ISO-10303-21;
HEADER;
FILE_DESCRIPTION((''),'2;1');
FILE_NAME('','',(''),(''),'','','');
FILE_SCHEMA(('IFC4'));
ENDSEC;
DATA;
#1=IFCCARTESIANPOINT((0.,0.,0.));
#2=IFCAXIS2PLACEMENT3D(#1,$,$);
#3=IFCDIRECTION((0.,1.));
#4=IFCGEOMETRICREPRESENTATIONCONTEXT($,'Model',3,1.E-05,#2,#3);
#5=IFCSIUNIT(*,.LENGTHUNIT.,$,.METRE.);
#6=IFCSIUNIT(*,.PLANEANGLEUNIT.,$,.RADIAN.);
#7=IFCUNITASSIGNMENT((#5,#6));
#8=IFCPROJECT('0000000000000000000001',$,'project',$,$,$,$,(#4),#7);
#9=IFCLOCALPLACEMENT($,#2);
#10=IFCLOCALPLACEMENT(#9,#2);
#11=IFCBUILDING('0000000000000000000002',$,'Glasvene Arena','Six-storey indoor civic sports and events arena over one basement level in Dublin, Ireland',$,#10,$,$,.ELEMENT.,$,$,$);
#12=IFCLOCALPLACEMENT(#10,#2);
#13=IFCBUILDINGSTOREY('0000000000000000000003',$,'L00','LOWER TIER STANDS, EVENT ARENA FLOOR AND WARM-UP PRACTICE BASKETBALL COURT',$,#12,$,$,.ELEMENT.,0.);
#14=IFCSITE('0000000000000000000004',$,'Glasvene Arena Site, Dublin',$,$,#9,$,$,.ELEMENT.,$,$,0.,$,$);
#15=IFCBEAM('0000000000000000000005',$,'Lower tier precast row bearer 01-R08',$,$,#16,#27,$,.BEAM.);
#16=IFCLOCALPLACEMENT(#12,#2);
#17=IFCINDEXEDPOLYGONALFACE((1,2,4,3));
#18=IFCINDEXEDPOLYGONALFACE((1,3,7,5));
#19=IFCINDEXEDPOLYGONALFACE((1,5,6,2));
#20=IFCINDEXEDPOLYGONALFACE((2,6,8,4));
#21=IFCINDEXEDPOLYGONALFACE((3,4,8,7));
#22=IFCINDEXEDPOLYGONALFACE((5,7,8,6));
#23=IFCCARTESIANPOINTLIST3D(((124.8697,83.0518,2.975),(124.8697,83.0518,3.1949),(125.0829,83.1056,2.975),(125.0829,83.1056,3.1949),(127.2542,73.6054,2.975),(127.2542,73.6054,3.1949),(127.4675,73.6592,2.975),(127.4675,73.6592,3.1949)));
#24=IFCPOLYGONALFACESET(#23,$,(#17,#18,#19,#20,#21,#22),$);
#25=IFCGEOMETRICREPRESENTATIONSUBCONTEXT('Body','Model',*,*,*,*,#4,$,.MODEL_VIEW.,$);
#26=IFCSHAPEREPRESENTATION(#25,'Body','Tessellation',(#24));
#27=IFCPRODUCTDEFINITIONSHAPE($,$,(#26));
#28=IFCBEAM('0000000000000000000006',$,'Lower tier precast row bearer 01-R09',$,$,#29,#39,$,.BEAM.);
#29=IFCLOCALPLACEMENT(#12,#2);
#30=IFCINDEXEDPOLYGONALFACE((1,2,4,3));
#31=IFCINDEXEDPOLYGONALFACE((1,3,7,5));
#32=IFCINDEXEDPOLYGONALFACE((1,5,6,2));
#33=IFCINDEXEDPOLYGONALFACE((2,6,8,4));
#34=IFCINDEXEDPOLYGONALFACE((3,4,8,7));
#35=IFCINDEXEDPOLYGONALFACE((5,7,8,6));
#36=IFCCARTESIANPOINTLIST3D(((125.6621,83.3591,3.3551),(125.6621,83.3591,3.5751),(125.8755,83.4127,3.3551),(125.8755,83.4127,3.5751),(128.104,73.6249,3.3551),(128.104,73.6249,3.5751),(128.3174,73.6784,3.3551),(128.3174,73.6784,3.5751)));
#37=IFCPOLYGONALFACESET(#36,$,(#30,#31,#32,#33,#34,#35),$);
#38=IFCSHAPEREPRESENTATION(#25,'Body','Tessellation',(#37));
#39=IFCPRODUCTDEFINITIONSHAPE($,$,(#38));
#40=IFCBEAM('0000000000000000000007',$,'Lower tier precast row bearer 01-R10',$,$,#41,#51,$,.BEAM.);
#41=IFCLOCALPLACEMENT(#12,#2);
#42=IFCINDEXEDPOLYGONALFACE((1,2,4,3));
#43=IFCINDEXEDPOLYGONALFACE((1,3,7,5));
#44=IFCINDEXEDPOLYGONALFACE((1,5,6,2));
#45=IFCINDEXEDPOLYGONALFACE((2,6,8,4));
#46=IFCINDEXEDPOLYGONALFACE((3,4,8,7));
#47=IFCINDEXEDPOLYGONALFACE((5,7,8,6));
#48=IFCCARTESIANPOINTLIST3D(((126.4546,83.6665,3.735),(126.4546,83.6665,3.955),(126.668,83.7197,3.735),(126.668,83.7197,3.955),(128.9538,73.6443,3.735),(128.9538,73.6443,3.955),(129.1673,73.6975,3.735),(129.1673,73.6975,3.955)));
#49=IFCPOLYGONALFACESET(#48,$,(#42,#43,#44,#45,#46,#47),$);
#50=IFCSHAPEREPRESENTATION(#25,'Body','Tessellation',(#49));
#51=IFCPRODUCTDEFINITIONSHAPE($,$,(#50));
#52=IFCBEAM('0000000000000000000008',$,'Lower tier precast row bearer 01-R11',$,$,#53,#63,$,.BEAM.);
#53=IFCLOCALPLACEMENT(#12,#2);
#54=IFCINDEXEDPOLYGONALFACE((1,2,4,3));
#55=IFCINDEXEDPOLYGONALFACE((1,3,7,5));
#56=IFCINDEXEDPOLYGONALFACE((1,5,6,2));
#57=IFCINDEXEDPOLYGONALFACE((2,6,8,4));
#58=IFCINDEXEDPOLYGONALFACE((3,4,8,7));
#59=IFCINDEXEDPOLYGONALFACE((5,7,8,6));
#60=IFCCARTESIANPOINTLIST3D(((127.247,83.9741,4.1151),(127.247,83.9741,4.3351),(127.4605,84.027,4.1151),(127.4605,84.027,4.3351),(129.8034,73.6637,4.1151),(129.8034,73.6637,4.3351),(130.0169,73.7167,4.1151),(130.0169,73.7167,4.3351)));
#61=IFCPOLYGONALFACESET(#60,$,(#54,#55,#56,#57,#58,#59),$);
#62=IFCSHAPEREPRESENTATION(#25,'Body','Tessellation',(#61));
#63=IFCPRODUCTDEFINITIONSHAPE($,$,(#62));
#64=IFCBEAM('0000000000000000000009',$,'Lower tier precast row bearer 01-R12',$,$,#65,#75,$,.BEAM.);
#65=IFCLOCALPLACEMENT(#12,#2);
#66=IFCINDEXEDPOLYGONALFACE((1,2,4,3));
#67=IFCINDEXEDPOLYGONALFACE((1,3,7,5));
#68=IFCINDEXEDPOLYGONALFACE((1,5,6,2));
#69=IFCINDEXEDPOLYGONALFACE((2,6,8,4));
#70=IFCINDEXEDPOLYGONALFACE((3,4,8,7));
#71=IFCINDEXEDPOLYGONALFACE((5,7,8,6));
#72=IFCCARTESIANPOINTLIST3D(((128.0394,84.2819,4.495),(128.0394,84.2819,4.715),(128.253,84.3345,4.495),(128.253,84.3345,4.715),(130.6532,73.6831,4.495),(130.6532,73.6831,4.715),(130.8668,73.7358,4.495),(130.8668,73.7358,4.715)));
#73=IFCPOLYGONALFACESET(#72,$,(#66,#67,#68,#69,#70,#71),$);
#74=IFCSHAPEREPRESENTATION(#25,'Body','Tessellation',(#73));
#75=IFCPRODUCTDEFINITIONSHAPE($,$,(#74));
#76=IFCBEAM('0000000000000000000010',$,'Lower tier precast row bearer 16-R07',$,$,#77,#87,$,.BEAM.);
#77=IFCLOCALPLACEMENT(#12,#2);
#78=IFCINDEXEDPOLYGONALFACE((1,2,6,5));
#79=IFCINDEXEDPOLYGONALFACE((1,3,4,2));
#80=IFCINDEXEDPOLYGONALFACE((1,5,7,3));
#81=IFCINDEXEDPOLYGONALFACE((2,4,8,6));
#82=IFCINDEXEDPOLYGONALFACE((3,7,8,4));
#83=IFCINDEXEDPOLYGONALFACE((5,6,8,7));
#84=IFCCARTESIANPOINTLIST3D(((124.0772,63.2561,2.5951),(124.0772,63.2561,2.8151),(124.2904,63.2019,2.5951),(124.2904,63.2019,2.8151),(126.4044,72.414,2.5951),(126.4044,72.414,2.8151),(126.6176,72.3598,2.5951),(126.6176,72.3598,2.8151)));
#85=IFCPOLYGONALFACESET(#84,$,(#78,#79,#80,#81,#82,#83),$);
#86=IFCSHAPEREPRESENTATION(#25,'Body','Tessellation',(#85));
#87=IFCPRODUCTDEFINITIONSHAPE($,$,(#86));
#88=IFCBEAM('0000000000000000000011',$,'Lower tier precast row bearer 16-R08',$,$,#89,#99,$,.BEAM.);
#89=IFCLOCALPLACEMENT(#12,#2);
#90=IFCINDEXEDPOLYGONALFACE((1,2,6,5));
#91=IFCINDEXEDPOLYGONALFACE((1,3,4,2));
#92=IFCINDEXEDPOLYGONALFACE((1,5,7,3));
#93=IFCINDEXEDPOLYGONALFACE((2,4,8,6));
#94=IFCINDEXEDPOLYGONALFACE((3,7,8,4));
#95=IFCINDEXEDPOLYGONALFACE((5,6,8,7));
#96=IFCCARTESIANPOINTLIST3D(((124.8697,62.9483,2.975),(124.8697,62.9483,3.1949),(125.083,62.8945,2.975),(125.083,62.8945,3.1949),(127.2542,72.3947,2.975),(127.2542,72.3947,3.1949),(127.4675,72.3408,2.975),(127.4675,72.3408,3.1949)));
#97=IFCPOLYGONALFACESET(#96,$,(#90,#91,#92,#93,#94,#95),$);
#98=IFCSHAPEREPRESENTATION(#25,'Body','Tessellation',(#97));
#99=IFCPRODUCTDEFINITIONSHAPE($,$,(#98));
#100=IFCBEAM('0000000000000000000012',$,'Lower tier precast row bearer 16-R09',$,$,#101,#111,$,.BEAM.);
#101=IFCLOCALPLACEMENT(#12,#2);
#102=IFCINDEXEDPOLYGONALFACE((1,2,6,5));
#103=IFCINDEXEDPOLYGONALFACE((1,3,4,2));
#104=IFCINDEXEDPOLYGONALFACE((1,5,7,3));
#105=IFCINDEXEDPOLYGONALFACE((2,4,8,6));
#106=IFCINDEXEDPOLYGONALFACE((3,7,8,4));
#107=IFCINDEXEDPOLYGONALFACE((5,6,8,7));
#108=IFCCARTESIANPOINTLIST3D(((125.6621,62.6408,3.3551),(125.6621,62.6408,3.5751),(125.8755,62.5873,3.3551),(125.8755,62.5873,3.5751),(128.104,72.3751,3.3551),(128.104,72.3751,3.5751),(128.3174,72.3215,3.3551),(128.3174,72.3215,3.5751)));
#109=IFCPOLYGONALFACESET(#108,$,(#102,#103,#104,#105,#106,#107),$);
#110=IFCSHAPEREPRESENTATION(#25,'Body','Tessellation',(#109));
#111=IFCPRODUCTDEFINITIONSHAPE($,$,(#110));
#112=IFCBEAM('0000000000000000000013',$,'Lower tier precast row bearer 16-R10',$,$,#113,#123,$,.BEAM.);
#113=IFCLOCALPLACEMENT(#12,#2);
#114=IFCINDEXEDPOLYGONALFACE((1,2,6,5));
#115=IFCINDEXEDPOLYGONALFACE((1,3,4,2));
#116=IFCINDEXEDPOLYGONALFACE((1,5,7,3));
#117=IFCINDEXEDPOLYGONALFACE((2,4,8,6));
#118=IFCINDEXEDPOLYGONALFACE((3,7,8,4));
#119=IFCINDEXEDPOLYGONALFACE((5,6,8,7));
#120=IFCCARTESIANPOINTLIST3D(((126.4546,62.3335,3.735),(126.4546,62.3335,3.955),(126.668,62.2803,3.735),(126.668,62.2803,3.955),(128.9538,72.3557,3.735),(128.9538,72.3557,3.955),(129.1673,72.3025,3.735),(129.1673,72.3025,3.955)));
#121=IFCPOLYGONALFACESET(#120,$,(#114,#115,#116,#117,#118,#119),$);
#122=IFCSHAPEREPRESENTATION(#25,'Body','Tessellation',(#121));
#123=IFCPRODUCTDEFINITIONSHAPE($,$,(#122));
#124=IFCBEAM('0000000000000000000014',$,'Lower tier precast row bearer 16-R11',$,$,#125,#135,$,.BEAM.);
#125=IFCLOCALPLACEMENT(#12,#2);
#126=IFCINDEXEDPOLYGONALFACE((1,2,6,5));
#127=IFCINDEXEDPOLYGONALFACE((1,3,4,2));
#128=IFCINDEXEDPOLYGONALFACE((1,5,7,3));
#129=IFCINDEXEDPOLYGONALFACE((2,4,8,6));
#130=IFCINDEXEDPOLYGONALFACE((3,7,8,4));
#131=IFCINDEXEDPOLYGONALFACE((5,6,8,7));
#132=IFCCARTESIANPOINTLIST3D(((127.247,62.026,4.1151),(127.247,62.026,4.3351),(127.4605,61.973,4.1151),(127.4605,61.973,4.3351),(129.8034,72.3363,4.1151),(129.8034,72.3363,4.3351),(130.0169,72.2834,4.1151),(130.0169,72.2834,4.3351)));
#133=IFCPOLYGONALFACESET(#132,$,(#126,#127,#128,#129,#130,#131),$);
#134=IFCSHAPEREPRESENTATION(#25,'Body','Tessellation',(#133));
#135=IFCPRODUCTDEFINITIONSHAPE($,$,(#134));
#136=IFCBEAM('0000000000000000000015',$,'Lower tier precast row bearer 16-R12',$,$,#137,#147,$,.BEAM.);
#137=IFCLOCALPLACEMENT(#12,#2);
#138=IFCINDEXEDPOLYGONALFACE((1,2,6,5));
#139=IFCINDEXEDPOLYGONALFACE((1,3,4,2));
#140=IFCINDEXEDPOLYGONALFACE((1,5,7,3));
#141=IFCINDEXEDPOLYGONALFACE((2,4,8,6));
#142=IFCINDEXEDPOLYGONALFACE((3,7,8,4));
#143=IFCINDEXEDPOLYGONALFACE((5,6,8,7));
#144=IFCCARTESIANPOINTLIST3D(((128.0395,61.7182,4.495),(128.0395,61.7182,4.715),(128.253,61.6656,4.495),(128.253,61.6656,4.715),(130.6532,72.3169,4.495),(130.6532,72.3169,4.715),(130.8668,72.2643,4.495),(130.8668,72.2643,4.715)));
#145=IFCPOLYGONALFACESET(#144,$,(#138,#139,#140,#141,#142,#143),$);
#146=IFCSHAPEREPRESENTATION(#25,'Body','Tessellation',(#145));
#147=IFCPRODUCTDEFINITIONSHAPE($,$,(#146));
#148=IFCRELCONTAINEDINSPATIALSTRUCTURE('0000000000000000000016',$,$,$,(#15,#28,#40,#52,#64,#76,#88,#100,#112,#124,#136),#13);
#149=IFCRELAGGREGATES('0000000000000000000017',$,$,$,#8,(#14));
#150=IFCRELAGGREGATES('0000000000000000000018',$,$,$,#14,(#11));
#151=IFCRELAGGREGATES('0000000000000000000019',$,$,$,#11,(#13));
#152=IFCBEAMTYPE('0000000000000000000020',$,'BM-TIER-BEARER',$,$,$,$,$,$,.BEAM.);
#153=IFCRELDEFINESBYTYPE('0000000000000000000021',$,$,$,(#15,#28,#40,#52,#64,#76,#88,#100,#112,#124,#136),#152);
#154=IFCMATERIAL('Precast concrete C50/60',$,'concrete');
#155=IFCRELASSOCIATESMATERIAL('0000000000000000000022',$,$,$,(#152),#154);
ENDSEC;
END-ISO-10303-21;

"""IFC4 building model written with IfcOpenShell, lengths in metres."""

from ifc_helpers import new_model, si_unit, direction, frame, origin, origin_2d, place, context, subcontext, project, spatial, rectangle, extrude, material, material_profile, profile_set, type_object, element, save


model = new_model("IFC4")

# Units and contexts
model_context = context("Model", 3, precision=1e-05, world=origin(), true_north=direction((0.0, 1.0)))
body_context = subcontext(model_context, "Body", "Model", "MODEL_VIEW")
ifc_project = project(units=[si_unit("LENGTHUNIT", "METRE"), si_unit("PLANEANGLEUNIT", "RADIAN")], contexts=[model_context])

# Site, building, storey
site_placement = place(None, origin())
site = spatial("IfcSite", under=ifc_project, at=site_placement, Name="Glasvene Arena Site, Dublin", CompositionType="ELEMENT", RefElevation=0.0)
building_placement = place(site_placement, origin())
building = spatial("IfcBuilding", under=site, at=building_placement, Name="Glasvene Arena", Description="Six-storey indoor civic sports and events arena over one basement level in Dublin, Ireland", CompositionType="ELEMENT")
storey_placement = place(building_placement, origin())
storey = spatial("IfcBuildingStorey", under=building, at=storey_placement, Name="L00", Description="LOWER TIER STANDS, EVENT ARENA FLOOR AND WARM-UP PRACTICE BASKETBALL COURT", CompositionType="ELEMENT", Elevation=0.0)

# Beams
ifc_material_1 = material(Name="Precast concrete C50/60", Category="concrete")
ifc_material_profile_1 = material_profile(ifc_material_1, rectangle(XDim=0.22, YDim=0.22, at=origin_2d()), Name="RC 220x220")
ifc_profile_set_1 = profile_set([ifc_material_profile_1], Name="Precast concrete C50/60")
beam_type_1 = type_object("IfcBeamType", Name="BM-TIER-BEARER", PredefinedType="BEAM", material=ifc_profile_set_1)
beam_1_placement = place(storey_placement, frame((127.3608, 73.6323, 3.085), z_axis=(-0.244752, 0.969586, 0.0), x_axis=(-0.969586, -0.244752, 0.0)))
element("IfcBeam", 1, at=beam_1_placement, inside=storey, type_object=beam_type_1, Name="Lower tier precast row bearer 01-R08", PredefinedType="BEAM", context=body_context, shape_type="SweptSolid", body=[
    extrude(rectangle(XDim=0.22, YDim=0.22, at=origin_2d()), origin(), (0.0, 0.0, 1.0), 9.7427),
])
beam_2_placement = place(storey_placement, frame((128.2107, 73.6516, 3.4651), z_axis=(-0.243314, 0.969948, 0.0), x_axis=(-0.969948, -0.243314, 0.0)))
element("IfcBeam", 2, at=beam_2_placement, inside=storey, type_object=beam_type_1, Name="Lower tier precast row bearer 01-R09", PredefinedType="BEAM", context=body_context, shape_type="SweptSolid", body=[
    extrude(rectangle(XDim=0.22, YDim=0.22, at=origin_2d()), origin(), (0.0, 0.0, 1.0), 10.0359),
])
beam_3_placement = place(storey_placement, frame((129.0605, 73.6709, 3.845), z_axis=(-0.241963, 0.970286, 0.0), x_axis=(-0.970286, -0.241963, 0.0)))
element("IfcBeam", 3, at=beam_3_placement, inside=storey, type_object=beam_type_1, Name="Lower tier precast row bearer 01-R10", PredefinedType="BEAM", context=body_context, shape_type="SweptSolid", body=[
    extrude(rectangle(XDim=0.22, YDim=0.22, at=origin_2d()), origin(), (0.0, 0.0, 1.0), 10.3291),
])
beam_4_placement = place(storey_placement, frame((129.9102, 73.6902, 4.2251), z_axis=(-0.240659, 0.97061, 0.0), x_axis=(-0.97061, -0.240659, 0.0)))
element("IfcBeam", 4, at=beam_4_placement, inside=storey, type_object=beam_type_1, Name="Lower tier precast row bearer 01-R11", PredefinedType="BEAM", context=body_context, shape_type="SweptSolid", body=[
    extrude(rectangle(XDim=0.22, YDim=0.22, at=origin_2d()), origin(), (0.0, 0.0, 1.0), 10.6226),
])
beam_5_placement = place(storey_placement, frame((130.76, 73.7095, 4.605), z_axis=(-0.23944, 0.970911, 0.0), x_axis=(-0.970911, -0.23944, 0.0)))
element("IfcBeam", 5, at=beam_5_placement, inside=storey, type_object=beam_type_1, Name="Lower tier precast row bearer 01-R12", PredefinedType="BEAM", context=body_context, shape_type="SweptSolid", body=[
    extrude(rectangle(XDim=0.22, YDim=0.22, at=origin_2d()), origin(), (0.0, 0.0, 1.0), 10.9163),
])
beam_6_placement = place(storey_placement, frame((124.1838, 63.229, 2.7051), z_axis=(0.246285, 0.969197, 0.0), x_axis=(-0.969197, 0.246285, 0.0)))
element("IfcBeam", 6, at=beam_6_placement, inside=storey, type_object=beam_type_1, Name="Lower tier precast row bearer 16-R07", PredefinedType="BEAM", context=body_context, shape_type="SweptSolid", body=[
    extrude(rectangle(XDim=0.22, YDim=0.22, at=origin_2d()), origin(), (0.0, 0.0, 1.0), 9.449),
])
beam_7_placement = place(storey_placement, frame((124.9763, 62.9214, 3.085), z_axis=(0.244752, 0.969586, 0.0), x_axis=(-0.969586, 0.244752, 0.0)))
element("IfcBeam", 7, at=beam_7_placement, inside=storey, type_object=beam_type_1, Name="Lower tier precast row bearer 16-R08", PredefinedType="BEAM", context=body_context, shape_type="SweptSolid", body=[
    extrude(rectangle(XDim=0.22, YDim=0.22, at=origin_2d()), origin(), (0.0, 0.0, 1.0), 9.7427),
])
beam_8_placement = place(storey_placement, frame((125.7688, 62.614, 3.4651), z_axis=(0.243314, 0.969948, 0.0), x_axis=(-0.969948, 0.243314, 0.0)))
element("IfcBeam", 8, at=beam_8_placement, inside=storey, type_object=beam_type_1, Name="Lower tier precast row bearer 16-R09", PredefinedType="BEAM", context=body_context, shape_type="SweptSolid", body=[
    extrude(rectangle(XDim=0.22, YDim=0.22, at=origin_2d()), origin(), (0.0, 0.0, 1.0), 10.0359),
])
beam_9_placement = place(storey_placement, frame((126.5613, 62.3069, 3.845), z_axis=(0.241963, 0.970286, 0.0), x_axis=(-0.970286, 0.241963, 0.0)))
element("IfcBeam", 9, at=beam_9_placement, inside=storey, type_object=beam_type_1, Name="Lower tier precast row bearer 16-R10", PredefinedType="BEAM", context=body_context, shape_type="SweptSolid", body=[
    extrude(rectangle(XDim=0.22, YDim=0.22, at=origin_2d()), origin(), (0.0, 0.0, 1.0), 10.3291),
])
beam_10_placement = place(storey_placement, frame((127.3538, 61.9995, 4.2251), z_axis=(0.240659, 0.97061, 0.0), x_axis=(-0.97061, 0.240659, 0.0)))
element("IfcBeam", 10, at=beam_10_placement, inside=storey, type_object=beam_type_1, Name="Lower tier precast row bearer 16-R11", PredefinedType="BEAM", context=body_context, shape_type="SweptSolid", body=[
    extrude(rectangle(XDim=0.22, YDim=0.22, at=origin_2d()), origin(), (0.0, 0.0, 1.0), 10.6226),
])
beam_11_placement = place(storey_placement, frame((128.1462, 61.6919, 4.605), z_axis=(0.23944, 0.970911, 0.0), x_axis=(-0.970911, 0.23944, 0.0)))
element("IfcBeam", 11, at=beam_11_placement, inside=storey, type_object=beam_type_1, Name="Lower tier precast row bearer 16-R12", PredefinedType="BEAM", context=body_context, shape_type="SweptSolid", body=[
    extrude(rectangle(XDim=0.22, YDim=0.22, at=origin_2d()), origin(), (0.0, 0.0, 1.0), 10.9163),
])

save(model, "model.ifc")
